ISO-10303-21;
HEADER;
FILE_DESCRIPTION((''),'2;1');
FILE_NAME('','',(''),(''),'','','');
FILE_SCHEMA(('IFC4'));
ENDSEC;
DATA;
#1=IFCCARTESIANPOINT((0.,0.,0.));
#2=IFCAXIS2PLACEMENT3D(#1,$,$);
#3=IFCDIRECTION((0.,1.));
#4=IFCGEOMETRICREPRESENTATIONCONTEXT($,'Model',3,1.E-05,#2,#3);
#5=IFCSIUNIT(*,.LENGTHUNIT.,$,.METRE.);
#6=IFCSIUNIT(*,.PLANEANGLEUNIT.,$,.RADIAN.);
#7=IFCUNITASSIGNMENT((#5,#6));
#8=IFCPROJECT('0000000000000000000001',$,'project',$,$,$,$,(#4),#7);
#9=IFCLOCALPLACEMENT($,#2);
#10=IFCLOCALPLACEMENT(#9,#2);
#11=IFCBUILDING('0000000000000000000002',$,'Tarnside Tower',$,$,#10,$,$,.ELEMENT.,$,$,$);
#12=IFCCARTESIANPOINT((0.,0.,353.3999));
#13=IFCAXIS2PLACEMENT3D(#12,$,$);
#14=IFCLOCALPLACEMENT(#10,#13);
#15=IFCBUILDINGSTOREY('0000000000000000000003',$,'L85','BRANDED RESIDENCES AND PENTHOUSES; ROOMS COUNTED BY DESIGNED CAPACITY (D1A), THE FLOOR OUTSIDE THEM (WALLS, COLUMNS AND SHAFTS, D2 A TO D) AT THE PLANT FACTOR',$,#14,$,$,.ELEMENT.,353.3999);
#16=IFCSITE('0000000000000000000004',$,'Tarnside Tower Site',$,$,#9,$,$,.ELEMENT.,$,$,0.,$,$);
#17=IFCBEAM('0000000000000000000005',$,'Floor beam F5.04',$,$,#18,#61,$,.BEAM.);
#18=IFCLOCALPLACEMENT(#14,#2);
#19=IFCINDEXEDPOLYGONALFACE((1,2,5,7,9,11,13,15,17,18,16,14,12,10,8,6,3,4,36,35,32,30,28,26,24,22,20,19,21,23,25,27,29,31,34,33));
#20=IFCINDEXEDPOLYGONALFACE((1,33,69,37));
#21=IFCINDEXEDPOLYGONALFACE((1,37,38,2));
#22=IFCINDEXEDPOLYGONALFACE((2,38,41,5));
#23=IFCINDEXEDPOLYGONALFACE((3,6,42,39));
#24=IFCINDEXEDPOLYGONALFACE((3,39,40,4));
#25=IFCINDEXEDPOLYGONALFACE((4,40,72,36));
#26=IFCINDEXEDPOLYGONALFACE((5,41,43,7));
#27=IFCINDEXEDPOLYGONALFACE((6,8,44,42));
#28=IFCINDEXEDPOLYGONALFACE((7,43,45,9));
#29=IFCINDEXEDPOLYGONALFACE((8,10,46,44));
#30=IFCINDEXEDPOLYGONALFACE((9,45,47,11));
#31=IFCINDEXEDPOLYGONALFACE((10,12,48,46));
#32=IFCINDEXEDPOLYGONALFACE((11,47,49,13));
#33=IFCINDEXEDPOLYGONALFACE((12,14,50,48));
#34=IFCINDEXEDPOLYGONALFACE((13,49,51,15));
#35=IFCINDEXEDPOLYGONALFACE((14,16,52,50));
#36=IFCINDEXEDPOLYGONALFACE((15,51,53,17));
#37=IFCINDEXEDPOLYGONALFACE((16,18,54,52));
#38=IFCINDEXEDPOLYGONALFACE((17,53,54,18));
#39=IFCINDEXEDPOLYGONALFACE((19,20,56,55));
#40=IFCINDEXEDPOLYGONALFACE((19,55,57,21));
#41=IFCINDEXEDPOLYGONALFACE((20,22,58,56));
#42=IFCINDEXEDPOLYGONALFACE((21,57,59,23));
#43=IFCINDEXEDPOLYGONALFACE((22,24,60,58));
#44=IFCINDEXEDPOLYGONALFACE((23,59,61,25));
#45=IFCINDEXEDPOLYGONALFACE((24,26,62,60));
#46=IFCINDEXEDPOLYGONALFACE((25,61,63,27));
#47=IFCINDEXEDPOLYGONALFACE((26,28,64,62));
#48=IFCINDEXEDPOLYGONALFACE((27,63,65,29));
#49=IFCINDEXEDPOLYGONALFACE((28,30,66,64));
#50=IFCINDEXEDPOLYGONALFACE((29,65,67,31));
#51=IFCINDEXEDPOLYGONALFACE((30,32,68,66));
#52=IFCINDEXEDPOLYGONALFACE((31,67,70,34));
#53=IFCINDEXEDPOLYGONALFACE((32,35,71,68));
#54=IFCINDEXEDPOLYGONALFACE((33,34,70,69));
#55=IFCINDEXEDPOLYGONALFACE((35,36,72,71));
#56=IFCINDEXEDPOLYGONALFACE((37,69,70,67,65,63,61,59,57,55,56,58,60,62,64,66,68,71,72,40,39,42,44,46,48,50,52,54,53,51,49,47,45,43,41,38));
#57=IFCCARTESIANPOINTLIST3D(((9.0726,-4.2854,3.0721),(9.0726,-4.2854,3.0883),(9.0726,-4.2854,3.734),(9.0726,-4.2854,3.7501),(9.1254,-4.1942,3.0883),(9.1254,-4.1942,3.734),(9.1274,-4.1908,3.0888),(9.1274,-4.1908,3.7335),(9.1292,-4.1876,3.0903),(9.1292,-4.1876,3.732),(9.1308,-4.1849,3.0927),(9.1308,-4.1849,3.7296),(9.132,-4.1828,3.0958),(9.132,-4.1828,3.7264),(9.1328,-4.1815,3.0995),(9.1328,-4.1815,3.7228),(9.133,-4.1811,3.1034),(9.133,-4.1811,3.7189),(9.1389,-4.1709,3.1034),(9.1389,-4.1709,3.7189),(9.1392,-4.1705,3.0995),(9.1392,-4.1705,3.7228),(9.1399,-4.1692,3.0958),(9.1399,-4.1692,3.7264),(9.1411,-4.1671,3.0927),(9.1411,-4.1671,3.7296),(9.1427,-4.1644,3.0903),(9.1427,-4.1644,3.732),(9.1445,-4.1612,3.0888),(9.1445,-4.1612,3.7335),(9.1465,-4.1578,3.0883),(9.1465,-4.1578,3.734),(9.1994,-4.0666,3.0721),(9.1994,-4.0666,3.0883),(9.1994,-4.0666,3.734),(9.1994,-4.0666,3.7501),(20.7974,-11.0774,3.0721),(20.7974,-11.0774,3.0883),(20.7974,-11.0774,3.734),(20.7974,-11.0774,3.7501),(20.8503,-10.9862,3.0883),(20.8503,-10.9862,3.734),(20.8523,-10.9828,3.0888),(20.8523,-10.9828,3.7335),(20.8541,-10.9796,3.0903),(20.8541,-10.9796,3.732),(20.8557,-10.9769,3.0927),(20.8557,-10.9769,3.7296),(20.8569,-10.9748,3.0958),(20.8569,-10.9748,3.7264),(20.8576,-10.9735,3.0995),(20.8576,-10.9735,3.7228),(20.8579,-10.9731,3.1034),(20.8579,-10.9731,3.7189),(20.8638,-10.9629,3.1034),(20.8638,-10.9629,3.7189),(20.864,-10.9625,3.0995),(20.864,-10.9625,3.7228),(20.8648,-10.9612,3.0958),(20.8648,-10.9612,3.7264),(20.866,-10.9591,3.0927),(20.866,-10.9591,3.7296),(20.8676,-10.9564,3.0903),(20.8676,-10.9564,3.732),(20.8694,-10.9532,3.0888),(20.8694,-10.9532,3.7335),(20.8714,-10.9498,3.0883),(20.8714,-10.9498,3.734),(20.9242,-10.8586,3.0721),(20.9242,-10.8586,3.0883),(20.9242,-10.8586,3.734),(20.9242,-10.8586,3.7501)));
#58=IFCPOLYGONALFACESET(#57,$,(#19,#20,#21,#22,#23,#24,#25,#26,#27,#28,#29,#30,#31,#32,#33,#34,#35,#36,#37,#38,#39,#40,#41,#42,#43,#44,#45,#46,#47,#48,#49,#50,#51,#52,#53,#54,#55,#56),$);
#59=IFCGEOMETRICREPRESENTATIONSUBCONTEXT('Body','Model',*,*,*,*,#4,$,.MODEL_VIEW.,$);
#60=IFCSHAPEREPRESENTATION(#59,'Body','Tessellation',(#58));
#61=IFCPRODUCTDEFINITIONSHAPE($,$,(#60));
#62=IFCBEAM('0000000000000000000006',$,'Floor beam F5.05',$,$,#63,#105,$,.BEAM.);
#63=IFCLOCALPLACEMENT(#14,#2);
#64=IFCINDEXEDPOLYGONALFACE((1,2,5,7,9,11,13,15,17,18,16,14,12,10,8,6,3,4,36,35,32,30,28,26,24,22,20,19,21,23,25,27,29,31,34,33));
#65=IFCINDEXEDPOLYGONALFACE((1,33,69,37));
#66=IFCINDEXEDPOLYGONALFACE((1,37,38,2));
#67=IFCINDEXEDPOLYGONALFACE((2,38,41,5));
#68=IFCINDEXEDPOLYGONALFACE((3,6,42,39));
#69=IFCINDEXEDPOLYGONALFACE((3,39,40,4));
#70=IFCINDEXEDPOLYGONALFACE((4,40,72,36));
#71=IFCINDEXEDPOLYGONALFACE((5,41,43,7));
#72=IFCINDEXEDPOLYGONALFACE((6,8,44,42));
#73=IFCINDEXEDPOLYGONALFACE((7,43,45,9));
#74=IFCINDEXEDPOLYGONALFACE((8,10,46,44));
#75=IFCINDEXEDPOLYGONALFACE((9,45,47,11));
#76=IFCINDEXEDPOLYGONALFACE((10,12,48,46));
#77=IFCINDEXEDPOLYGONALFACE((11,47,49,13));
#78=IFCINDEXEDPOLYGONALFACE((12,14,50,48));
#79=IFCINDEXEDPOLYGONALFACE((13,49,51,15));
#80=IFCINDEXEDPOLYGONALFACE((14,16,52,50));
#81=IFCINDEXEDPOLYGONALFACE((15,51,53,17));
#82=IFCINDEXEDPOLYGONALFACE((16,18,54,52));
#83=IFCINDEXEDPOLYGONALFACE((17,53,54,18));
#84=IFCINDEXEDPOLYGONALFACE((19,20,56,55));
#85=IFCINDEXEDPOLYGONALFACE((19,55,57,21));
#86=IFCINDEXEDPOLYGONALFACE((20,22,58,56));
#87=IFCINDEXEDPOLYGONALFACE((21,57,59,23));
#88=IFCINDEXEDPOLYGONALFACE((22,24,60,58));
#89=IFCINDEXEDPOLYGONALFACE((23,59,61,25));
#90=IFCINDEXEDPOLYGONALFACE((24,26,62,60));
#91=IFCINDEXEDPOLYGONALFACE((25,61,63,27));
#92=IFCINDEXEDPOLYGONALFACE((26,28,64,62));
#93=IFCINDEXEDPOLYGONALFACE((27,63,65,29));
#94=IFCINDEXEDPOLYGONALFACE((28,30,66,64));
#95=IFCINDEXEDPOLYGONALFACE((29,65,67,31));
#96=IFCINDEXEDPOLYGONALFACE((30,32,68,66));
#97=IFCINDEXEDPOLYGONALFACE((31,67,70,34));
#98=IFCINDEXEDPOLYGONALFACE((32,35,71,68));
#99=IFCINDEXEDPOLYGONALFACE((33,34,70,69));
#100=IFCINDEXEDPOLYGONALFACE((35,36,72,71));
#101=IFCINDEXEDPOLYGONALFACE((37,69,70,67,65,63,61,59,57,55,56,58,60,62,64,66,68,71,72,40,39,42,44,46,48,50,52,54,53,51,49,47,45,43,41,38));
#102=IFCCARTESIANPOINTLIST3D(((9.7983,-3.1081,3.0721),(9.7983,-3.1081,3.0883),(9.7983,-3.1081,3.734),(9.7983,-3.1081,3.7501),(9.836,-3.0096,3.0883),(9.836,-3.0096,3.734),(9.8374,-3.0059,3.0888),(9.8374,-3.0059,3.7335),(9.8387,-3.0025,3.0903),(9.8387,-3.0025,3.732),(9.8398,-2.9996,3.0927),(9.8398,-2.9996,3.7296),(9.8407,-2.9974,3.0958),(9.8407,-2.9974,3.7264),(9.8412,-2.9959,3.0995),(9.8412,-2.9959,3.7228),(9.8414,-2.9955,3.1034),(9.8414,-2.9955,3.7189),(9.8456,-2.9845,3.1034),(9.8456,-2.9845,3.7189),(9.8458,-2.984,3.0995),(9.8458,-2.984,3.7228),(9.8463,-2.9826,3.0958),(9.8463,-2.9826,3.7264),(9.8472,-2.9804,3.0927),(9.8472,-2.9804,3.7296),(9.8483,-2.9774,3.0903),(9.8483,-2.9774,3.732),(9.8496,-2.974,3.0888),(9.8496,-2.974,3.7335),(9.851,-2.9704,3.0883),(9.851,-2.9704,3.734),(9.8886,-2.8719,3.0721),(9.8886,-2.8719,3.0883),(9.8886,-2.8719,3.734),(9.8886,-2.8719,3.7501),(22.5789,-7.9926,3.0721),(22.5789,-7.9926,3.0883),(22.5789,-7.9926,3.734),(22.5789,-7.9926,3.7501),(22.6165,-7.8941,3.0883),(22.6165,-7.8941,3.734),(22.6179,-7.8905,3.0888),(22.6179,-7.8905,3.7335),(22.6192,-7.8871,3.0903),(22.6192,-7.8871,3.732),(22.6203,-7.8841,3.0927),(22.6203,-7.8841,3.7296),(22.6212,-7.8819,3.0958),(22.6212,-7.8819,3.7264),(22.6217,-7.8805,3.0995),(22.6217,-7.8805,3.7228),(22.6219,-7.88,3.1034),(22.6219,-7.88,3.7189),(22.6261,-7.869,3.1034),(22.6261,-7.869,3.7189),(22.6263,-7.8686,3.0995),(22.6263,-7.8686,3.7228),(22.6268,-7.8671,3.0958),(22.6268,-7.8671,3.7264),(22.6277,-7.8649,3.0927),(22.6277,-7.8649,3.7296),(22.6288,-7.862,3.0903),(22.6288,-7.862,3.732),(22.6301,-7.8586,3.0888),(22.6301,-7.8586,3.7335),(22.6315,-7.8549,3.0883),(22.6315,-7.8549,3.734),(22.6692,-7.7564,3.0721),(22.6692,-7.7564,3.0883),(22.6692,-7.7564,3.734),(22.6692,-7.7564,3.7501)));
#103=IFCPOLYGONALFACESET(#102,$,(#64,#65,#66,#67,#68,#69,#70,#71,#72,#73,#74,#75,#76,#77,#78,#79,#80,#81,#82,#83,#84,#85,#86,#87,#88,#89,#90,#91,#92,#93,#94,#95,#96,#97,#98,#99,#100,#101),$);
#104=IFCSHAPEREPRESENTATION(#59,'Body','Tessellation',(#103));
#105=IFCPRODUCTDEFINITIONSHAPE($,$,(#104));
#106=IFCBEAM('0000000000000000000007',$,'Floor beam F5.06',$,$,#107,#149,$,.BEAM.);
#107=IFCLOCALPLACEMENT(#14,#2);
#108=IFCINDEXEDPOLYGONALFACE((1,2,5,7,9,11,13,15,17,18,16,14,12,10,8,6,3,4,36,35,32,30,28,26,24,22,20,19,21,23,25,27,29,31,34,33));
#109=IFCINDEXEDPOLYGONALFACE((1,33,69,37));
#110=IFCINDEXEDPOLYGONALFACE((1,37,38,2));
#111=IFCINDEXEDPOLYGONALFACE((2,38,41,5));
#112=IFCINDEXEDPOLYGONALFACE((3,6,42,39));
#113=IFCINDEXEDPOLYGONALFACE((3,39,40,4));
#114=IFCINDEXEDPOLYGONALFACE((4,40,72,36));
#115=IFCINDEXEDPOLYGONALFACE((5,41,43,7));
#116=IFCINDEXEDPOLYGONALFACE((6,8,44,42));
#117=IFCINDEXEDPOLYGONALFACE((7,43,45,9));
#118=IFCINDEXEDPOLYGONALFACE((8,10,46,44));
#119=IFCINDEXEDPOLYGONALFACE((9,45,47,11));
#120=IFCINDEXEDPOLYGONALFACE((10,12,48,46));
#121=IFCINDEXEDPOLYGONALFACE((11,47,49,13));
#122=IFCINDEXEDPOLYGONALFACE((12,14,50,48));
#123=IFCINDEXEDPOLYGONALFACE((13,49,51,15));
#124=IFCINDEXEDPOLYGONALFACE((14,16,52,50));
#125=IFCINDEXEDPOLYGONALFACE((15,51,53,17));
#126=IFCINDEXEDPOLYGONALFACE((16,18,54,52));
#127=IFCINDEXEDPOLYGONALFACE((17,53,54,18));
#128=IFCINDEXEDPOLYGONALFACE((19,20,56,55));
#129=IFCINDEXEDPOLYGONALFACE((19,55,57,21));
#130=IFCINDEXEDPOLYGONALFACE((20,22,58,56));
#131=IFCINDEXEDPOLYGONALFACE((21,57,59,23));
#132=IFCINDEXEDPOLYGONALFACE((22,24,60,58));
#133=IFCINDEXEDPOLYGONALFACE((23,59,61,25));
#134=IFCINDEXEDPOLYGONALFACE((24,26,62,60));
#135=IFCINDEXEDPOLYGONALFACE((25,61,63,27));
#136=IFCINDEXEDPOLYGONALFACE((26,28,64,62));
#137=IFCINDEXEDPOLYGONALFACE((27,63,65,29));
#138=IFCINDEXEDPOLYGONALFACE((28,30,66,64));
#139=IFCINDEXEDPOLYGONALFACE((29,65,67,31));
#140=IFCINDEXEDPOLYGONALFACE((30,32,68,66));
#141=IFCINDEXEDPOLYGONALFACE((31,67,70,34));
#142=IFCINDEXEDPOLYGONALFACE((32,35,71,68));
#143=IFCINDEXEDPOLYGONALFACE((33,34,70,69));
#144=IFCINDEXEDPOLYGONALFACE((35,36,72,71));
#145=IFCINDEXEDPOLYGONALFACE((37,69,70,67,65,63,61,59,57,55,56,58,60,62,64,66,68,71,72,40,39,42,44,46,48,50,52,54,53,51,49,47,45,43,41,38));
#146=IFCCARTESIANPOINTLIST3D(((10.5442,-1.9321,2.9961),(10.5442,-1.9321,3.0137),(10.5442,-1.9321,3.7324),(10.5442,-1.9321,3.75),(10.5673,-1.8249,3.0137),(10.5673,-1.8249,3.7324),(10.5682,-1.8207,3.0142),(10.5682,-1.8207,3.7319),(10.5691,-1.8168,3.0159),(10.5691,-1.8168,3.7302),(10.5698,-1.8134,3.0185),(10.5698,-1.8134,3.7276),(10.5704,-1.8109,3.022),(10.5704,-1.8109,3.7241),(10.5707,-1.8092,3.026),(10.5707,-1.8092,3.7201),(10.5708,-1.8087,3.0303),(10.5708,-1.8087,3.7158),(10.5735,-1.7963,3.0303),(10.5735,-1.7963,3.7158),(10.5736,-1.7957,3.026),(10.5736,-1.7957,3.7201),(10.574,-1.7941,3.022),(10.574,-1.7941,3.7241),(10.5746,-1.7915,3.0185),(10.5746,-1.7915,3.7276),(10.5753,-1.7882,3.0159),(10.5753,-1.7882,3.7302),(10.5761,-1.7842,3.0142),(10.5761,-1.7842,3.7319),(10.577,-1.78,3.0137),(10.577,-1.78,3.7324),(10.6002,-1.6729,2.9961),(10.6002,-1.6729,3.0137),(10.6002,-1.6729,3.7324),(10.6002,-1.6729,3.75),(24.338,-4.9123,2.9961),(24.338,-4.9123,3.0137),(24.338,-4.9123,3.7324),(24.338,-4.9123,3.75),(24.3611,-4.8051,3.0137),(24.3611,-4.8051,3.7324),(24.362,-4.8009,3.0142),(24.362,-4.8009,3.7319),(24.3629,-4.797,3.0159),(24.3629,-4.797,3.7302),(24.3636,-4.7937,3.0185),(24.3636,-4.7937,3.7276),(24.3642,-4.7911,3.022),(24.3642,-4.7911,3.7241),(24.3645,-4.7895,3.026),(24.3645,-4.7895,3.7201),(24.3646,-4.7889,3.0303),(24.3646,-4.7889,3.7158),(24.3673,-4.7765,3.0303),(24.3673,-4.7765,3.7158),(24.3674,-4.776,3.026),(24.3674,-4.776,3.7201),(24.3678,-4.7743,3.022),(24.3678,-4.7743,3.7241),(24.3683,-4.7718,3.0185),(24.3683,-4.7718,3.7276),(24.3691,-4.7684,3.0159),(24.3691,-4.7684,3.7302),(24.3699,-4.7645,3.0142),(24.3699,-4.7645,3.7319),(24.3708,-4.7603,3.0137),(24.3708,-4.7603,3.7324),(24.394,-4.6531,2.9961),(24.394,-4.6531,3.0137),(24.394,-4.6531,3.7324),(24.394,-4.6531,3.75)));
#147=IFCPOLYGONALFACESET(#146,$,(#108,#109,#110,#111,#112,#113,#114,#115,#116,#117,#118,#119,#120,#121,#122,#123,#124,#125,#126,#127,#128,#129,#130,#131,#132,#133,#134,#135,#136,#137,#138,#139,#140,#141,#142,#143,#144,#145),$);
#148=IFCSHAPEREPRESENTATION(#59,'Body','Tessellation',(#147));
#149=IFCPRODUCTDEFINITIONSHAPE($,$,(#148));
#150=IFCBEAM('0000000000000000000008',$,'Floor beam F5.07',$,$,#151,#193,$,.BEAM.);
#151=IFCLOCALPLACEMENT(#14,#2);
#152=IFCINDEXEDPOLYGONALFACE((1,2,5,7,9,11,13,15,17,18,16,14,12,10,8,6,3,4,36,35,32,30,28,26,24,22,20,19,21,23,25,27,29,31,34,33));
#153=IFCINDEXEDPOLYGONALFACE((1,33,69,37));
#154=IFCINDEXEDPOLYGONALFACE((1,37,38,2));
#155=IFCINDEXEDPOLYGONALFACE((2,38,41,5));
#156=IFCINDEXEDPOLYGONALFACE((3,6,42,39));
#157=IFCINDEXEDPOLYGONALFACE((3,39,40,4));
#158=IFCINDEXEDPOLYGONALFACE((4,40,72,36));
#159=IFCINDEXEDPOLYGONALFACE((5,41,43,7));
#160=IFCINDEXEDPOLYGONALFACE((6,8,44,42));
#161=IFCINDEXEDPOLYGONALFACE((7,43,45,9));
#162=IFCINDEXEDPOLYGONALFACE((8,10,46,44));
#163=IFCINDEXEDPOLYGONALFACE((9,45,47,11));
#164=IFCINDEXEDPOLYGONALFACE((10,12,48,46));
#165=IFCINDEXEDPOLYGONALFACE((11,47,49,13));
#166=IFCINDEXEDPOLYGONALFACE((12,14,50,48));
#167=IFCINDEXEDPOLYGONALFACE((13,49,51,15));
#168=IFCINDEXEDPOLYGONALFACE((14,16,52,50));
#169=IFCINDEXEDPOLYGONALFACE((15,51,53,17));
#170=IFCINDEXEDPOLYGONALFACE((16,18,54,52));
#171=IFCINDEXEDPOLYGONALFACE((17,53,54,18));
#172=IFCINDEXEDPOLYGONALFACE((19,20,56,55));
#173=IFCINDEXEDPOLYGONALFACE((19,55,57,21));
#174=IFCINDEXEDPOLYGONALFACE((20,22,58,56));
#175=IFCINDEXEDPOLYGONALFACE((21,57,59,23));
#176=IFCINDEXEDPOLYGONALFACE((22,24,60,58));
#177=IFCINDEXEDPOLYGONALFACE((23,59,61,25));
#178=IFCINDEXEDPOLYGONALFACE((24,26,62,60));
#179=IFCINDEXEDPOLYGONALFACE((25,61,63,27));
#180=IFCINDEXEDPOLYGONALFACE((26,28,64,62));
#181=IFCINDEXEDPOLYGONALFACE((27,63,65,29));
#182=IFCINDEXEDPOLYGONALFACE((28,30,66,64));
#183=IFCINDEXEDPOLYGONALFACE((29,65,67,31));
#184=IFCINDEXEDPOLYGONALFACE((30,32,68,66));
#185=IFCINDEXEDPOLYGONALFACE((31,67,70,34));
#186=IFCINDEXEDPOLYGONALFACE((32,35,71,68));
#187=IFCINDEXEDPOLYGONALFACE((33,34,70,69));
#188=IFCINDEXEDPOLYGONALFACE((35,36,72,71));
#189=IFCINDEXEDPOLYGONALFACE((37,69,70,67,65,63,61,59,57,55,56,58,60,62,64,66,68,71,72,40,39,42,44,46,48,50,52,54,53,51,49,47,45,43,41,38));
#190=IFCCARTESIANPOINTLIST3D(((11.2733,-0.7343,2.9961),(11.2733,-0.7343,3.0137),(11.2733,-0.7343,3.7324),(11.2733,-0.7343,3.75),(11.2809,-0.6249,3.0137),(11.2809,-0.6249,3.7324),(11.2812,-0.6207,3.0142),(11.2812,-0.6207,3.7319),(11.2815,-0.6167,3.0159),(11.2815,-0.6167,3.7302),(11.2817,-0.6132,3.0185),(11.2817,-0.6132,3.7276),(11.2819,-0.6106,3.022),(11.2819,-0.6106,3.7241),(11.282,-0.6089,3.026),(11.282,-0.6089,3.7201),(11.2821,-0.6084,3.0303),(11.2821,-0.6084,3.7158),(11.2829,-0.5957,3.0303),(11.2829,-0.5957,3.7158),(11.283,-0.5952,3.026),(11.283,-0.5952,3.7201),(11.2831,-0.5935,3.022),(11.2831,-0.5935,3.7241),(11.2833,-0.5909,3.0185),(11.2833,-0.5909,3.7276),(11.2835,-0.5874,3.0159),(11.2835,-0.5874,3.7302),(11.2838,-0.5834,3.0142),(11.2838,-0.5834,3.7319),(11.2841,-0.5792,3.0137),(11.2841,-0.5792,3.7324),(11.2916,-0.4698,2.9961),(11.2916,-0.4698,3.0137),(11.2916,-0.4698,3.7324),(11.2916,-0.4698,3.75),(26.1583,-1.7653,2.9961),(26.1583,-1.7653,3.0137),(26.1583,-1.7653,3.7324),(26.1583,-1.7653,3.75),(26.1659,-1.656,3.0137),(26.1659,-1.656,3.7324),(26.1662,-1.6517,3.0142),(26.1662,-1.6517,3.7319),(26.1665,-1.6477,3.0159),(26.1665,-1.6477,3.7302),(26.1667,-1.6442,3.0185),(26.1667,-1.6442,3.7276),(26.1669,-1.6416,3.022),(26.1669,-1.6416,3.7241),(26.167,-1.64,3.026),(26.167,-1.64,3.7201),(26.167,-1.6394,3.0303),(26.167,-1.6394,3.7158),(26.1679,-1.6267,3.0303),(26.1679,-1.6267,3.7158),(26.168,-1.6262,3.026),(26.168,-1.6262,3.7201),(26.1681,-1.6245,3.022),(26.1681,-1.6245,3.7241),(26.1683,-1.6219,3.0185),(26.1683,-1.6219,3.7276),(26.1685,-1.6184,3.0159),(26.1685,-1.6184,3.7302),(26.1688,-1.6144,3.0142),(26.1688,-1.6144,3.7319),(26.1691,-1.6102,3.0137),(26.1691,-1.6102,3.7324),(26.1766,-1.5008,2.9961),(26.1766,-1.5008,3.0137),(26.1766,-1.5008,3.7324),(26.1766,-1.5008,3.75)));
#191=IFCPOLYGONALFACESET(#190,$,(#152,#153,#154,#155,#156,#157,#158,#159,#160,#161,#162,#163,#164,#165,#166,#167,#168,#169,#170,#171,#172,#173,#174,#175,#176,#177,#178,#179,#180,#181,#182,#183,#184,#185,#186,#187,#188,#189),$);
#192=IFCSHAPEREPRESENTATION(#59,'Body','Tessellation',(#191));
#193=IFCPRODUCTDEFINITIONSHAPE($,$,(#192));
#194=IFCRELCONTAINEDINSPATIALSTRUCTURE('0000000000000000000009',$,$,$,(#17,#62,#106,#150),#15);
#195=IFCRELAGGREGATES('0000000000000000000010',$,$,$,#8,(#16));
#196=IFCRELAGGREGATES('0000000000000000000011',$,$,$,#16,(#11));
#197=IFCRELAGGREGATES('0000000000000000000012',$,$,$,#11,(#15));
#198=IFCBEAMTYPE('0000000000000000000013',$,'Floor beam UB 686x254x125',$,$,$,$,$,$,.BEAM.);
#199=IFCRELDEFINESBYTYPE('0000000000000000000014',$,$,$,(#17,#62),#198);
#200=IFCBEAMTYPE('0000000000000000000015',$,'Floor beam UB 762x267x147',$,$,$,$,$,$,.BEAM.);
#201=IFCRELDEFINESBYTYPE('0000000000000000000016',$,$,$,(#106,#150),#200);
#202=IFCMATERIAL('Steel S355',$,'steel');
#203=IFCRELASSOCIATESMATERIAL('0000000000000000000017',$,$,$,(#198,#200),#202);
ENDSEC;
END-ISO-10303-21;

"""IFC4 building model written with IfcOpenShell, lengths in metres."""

from ifc_helpers import new_model, si_unit, direction, frame, origin, origin_2d, place, context, subcontext, project, spatial, i_section, extrude, material, material_profile, profile_set, type_object, element, save


model = new_model("IFC4")

# Units and contexts
model_context = context("Model", 3, precision=1e-05, world=origin(), true_north=direction((0.0, 1.0)))
body_context = subcontext(model_context, "Body", "Model", "MODEL_VIEW")
ifc_project = project(units=[si_unit("LENGTHUNIT", "METRE"), si_unit("PLANEANGLEUNIT", "RADIAN")], contexts=[model_context])

# Site, building, storey
site_placement = place(None, origin())
site = spatial("IfcSite", under=ifc_project, at=site_placement, Name="Tarnside Tower Site", CompositionType="ELEMENT", RefElevation=0.0)
building_placement = place(site_placement, origin())
building = spatial("IfcBuilding", under=site, at=building_placement, Name="Tarnside Tower", CompositionType="ELEMENT")
storey_placement = place(building_placement, frame((0.0, 0.0, 353.3999)))
storey = spatial("IfcBuildingStorey", under=building, at=storey_placement, Name="L85", Description="BRANDED RESIDENCES AND PENTHOUSES; ROOMS COUNTED BY DESIGNED CAPACITY (D1A), THE FLOOR OUTSIDE THEM (WALLS, COLUMNS AND SHAFTS, D2 A TO D) AT THE PLANT FACTOR", CompositionType="ELEMENT", Elevation=353.3999)

# Beams
ifc_material_1 = material(Name="Steel S355", Category="steel")
ifc_material_profile_1 = material_profile(ifc_material_1, i_section(OverallWidth=0.2529, OverallDepth=0.678, WebThickness=0.0117, FlangeThickness=0.0161, FilletRadius=0.0151, at=origin_2d()), Name="UB 686x254x125")
ifc_profile_set_1 = profile_set([ifc_material_profile_1], Name="Steel S355")
beam_type_1 = type_object("IfcBeamType", Name="Floor beam UB 686x254x125", PredefinedType="BEAM", material=ifc_profile_set_1)
beam_1_placement = place(storey_placement, frame((20.8608, -10.968, 3.4111), z_axis=(-0.865301, 0.501253, 0.0), x_axis=(-0.501253, -0.865301, 0.0)))
element("IfcBeam", 1, at=beam_1_placement, inside=storey, type_object=beam_type_1, Name="Floor beam F5.04", PredefinedType="BEAM", context=body_context, shape_type="SweptSolid", body=[
    extrude(i_section(OverallWidth=0.2529, OverallDepth=0.678, WebThickness=0.0117, FlangeThickness=0.0161, FilletRadius=0.0151, at=origin_2d()), origin(), (0.0, 0.0, 1.0), 13.55),
])
beam_2_placement = place(storey_placement, frame((22.624, -7.8745, 3.4111), z_axis=(-0.934104, 0.357001, 0.0), x_axis=(-0.357001, -0.934104, 0.0)))
element("IfcBeam", 2, at=beam_2_placement, inside=storey, type_object=beam_type_1, Name="Floor beam F5.05", PredefinedType="BEAM", context=body_context, shape_type="SweptSolid", body=[
    extrude(i_section(OverallWidth=0.2529, OverallDepth=0.678, WebThickness=0.0117, FlangeThickness=0.0161, FilletRadius=0.0151, at=origin_2d()), origin(), (0.0, 0.0, 1.0), 13.6821),
])
ifc_material_profile_2 = material_profile(ifc_material_1, i_section(OverallWidth=0.2651, OverallDepth=0.7539, WebThickness=0.0127, FlangeThickness=0.0176, FilletRadius=0.0166, at=origin_2d()), Name="UB 762x267x147")
ifc_profile_set_2 = profile_set([ifc_material_profile_2], Name="Steel S355")
beam_type_2 = type_object("IfcBeamType", Name="Floor beam UB 762x267x147", PredefinedType="BEAM", material=ifc_profile_set_2)
beam_3_placement = place(storey_placement, frame((24.366, -4.7827, 3.373), z_axis=(-0.977446, 0.211184, 0.0), x_axis=(-0.211184, -0.977446, 0.0)))
element("IfcBeam", 3, at=beam_3_placement, inside=storey, type_object=beam_type_2, Name="Floor beam F5.06", PredefinedType="BEAM", context=body_context, shape_type="SweptSolid", body=[
    extrude(i_section(OverallWidth=0.2651, OverallDepth=0.7539, WebThickness=0.0127, FlangeThickness=0.0176, FilletRadius=0.0166, at=origin_2d()), origin(), (0.0, 0.0, 1.0), 14.1121),
])
beam_4_placement = place(storey_placement, frame((26.1675, -1.6331, 3.373), z_axis=(-0.99761, 0.069099, 0.0), x_axis=(-0.069099, -0.99761, 0.0)))
element("IfcBeam", 4, at=beam_4_placement, inside=storey, type_object=beam_type_2, Name="Floor beam F5.07", PredefinedType="BEAM", context=body_context, shape_type="SweptSolid", body=[
    extrude(i_section(OverallWidth=0.2651, OverallDepth=0.7539, WebThickness=0.0127, FlangeThickness=0.0176, FilletRadius=0.0166, at=origin_2d()), origin(), (0.0, 0.0, 1.0), 14.9207),
])

save(model, "model.ifc")
